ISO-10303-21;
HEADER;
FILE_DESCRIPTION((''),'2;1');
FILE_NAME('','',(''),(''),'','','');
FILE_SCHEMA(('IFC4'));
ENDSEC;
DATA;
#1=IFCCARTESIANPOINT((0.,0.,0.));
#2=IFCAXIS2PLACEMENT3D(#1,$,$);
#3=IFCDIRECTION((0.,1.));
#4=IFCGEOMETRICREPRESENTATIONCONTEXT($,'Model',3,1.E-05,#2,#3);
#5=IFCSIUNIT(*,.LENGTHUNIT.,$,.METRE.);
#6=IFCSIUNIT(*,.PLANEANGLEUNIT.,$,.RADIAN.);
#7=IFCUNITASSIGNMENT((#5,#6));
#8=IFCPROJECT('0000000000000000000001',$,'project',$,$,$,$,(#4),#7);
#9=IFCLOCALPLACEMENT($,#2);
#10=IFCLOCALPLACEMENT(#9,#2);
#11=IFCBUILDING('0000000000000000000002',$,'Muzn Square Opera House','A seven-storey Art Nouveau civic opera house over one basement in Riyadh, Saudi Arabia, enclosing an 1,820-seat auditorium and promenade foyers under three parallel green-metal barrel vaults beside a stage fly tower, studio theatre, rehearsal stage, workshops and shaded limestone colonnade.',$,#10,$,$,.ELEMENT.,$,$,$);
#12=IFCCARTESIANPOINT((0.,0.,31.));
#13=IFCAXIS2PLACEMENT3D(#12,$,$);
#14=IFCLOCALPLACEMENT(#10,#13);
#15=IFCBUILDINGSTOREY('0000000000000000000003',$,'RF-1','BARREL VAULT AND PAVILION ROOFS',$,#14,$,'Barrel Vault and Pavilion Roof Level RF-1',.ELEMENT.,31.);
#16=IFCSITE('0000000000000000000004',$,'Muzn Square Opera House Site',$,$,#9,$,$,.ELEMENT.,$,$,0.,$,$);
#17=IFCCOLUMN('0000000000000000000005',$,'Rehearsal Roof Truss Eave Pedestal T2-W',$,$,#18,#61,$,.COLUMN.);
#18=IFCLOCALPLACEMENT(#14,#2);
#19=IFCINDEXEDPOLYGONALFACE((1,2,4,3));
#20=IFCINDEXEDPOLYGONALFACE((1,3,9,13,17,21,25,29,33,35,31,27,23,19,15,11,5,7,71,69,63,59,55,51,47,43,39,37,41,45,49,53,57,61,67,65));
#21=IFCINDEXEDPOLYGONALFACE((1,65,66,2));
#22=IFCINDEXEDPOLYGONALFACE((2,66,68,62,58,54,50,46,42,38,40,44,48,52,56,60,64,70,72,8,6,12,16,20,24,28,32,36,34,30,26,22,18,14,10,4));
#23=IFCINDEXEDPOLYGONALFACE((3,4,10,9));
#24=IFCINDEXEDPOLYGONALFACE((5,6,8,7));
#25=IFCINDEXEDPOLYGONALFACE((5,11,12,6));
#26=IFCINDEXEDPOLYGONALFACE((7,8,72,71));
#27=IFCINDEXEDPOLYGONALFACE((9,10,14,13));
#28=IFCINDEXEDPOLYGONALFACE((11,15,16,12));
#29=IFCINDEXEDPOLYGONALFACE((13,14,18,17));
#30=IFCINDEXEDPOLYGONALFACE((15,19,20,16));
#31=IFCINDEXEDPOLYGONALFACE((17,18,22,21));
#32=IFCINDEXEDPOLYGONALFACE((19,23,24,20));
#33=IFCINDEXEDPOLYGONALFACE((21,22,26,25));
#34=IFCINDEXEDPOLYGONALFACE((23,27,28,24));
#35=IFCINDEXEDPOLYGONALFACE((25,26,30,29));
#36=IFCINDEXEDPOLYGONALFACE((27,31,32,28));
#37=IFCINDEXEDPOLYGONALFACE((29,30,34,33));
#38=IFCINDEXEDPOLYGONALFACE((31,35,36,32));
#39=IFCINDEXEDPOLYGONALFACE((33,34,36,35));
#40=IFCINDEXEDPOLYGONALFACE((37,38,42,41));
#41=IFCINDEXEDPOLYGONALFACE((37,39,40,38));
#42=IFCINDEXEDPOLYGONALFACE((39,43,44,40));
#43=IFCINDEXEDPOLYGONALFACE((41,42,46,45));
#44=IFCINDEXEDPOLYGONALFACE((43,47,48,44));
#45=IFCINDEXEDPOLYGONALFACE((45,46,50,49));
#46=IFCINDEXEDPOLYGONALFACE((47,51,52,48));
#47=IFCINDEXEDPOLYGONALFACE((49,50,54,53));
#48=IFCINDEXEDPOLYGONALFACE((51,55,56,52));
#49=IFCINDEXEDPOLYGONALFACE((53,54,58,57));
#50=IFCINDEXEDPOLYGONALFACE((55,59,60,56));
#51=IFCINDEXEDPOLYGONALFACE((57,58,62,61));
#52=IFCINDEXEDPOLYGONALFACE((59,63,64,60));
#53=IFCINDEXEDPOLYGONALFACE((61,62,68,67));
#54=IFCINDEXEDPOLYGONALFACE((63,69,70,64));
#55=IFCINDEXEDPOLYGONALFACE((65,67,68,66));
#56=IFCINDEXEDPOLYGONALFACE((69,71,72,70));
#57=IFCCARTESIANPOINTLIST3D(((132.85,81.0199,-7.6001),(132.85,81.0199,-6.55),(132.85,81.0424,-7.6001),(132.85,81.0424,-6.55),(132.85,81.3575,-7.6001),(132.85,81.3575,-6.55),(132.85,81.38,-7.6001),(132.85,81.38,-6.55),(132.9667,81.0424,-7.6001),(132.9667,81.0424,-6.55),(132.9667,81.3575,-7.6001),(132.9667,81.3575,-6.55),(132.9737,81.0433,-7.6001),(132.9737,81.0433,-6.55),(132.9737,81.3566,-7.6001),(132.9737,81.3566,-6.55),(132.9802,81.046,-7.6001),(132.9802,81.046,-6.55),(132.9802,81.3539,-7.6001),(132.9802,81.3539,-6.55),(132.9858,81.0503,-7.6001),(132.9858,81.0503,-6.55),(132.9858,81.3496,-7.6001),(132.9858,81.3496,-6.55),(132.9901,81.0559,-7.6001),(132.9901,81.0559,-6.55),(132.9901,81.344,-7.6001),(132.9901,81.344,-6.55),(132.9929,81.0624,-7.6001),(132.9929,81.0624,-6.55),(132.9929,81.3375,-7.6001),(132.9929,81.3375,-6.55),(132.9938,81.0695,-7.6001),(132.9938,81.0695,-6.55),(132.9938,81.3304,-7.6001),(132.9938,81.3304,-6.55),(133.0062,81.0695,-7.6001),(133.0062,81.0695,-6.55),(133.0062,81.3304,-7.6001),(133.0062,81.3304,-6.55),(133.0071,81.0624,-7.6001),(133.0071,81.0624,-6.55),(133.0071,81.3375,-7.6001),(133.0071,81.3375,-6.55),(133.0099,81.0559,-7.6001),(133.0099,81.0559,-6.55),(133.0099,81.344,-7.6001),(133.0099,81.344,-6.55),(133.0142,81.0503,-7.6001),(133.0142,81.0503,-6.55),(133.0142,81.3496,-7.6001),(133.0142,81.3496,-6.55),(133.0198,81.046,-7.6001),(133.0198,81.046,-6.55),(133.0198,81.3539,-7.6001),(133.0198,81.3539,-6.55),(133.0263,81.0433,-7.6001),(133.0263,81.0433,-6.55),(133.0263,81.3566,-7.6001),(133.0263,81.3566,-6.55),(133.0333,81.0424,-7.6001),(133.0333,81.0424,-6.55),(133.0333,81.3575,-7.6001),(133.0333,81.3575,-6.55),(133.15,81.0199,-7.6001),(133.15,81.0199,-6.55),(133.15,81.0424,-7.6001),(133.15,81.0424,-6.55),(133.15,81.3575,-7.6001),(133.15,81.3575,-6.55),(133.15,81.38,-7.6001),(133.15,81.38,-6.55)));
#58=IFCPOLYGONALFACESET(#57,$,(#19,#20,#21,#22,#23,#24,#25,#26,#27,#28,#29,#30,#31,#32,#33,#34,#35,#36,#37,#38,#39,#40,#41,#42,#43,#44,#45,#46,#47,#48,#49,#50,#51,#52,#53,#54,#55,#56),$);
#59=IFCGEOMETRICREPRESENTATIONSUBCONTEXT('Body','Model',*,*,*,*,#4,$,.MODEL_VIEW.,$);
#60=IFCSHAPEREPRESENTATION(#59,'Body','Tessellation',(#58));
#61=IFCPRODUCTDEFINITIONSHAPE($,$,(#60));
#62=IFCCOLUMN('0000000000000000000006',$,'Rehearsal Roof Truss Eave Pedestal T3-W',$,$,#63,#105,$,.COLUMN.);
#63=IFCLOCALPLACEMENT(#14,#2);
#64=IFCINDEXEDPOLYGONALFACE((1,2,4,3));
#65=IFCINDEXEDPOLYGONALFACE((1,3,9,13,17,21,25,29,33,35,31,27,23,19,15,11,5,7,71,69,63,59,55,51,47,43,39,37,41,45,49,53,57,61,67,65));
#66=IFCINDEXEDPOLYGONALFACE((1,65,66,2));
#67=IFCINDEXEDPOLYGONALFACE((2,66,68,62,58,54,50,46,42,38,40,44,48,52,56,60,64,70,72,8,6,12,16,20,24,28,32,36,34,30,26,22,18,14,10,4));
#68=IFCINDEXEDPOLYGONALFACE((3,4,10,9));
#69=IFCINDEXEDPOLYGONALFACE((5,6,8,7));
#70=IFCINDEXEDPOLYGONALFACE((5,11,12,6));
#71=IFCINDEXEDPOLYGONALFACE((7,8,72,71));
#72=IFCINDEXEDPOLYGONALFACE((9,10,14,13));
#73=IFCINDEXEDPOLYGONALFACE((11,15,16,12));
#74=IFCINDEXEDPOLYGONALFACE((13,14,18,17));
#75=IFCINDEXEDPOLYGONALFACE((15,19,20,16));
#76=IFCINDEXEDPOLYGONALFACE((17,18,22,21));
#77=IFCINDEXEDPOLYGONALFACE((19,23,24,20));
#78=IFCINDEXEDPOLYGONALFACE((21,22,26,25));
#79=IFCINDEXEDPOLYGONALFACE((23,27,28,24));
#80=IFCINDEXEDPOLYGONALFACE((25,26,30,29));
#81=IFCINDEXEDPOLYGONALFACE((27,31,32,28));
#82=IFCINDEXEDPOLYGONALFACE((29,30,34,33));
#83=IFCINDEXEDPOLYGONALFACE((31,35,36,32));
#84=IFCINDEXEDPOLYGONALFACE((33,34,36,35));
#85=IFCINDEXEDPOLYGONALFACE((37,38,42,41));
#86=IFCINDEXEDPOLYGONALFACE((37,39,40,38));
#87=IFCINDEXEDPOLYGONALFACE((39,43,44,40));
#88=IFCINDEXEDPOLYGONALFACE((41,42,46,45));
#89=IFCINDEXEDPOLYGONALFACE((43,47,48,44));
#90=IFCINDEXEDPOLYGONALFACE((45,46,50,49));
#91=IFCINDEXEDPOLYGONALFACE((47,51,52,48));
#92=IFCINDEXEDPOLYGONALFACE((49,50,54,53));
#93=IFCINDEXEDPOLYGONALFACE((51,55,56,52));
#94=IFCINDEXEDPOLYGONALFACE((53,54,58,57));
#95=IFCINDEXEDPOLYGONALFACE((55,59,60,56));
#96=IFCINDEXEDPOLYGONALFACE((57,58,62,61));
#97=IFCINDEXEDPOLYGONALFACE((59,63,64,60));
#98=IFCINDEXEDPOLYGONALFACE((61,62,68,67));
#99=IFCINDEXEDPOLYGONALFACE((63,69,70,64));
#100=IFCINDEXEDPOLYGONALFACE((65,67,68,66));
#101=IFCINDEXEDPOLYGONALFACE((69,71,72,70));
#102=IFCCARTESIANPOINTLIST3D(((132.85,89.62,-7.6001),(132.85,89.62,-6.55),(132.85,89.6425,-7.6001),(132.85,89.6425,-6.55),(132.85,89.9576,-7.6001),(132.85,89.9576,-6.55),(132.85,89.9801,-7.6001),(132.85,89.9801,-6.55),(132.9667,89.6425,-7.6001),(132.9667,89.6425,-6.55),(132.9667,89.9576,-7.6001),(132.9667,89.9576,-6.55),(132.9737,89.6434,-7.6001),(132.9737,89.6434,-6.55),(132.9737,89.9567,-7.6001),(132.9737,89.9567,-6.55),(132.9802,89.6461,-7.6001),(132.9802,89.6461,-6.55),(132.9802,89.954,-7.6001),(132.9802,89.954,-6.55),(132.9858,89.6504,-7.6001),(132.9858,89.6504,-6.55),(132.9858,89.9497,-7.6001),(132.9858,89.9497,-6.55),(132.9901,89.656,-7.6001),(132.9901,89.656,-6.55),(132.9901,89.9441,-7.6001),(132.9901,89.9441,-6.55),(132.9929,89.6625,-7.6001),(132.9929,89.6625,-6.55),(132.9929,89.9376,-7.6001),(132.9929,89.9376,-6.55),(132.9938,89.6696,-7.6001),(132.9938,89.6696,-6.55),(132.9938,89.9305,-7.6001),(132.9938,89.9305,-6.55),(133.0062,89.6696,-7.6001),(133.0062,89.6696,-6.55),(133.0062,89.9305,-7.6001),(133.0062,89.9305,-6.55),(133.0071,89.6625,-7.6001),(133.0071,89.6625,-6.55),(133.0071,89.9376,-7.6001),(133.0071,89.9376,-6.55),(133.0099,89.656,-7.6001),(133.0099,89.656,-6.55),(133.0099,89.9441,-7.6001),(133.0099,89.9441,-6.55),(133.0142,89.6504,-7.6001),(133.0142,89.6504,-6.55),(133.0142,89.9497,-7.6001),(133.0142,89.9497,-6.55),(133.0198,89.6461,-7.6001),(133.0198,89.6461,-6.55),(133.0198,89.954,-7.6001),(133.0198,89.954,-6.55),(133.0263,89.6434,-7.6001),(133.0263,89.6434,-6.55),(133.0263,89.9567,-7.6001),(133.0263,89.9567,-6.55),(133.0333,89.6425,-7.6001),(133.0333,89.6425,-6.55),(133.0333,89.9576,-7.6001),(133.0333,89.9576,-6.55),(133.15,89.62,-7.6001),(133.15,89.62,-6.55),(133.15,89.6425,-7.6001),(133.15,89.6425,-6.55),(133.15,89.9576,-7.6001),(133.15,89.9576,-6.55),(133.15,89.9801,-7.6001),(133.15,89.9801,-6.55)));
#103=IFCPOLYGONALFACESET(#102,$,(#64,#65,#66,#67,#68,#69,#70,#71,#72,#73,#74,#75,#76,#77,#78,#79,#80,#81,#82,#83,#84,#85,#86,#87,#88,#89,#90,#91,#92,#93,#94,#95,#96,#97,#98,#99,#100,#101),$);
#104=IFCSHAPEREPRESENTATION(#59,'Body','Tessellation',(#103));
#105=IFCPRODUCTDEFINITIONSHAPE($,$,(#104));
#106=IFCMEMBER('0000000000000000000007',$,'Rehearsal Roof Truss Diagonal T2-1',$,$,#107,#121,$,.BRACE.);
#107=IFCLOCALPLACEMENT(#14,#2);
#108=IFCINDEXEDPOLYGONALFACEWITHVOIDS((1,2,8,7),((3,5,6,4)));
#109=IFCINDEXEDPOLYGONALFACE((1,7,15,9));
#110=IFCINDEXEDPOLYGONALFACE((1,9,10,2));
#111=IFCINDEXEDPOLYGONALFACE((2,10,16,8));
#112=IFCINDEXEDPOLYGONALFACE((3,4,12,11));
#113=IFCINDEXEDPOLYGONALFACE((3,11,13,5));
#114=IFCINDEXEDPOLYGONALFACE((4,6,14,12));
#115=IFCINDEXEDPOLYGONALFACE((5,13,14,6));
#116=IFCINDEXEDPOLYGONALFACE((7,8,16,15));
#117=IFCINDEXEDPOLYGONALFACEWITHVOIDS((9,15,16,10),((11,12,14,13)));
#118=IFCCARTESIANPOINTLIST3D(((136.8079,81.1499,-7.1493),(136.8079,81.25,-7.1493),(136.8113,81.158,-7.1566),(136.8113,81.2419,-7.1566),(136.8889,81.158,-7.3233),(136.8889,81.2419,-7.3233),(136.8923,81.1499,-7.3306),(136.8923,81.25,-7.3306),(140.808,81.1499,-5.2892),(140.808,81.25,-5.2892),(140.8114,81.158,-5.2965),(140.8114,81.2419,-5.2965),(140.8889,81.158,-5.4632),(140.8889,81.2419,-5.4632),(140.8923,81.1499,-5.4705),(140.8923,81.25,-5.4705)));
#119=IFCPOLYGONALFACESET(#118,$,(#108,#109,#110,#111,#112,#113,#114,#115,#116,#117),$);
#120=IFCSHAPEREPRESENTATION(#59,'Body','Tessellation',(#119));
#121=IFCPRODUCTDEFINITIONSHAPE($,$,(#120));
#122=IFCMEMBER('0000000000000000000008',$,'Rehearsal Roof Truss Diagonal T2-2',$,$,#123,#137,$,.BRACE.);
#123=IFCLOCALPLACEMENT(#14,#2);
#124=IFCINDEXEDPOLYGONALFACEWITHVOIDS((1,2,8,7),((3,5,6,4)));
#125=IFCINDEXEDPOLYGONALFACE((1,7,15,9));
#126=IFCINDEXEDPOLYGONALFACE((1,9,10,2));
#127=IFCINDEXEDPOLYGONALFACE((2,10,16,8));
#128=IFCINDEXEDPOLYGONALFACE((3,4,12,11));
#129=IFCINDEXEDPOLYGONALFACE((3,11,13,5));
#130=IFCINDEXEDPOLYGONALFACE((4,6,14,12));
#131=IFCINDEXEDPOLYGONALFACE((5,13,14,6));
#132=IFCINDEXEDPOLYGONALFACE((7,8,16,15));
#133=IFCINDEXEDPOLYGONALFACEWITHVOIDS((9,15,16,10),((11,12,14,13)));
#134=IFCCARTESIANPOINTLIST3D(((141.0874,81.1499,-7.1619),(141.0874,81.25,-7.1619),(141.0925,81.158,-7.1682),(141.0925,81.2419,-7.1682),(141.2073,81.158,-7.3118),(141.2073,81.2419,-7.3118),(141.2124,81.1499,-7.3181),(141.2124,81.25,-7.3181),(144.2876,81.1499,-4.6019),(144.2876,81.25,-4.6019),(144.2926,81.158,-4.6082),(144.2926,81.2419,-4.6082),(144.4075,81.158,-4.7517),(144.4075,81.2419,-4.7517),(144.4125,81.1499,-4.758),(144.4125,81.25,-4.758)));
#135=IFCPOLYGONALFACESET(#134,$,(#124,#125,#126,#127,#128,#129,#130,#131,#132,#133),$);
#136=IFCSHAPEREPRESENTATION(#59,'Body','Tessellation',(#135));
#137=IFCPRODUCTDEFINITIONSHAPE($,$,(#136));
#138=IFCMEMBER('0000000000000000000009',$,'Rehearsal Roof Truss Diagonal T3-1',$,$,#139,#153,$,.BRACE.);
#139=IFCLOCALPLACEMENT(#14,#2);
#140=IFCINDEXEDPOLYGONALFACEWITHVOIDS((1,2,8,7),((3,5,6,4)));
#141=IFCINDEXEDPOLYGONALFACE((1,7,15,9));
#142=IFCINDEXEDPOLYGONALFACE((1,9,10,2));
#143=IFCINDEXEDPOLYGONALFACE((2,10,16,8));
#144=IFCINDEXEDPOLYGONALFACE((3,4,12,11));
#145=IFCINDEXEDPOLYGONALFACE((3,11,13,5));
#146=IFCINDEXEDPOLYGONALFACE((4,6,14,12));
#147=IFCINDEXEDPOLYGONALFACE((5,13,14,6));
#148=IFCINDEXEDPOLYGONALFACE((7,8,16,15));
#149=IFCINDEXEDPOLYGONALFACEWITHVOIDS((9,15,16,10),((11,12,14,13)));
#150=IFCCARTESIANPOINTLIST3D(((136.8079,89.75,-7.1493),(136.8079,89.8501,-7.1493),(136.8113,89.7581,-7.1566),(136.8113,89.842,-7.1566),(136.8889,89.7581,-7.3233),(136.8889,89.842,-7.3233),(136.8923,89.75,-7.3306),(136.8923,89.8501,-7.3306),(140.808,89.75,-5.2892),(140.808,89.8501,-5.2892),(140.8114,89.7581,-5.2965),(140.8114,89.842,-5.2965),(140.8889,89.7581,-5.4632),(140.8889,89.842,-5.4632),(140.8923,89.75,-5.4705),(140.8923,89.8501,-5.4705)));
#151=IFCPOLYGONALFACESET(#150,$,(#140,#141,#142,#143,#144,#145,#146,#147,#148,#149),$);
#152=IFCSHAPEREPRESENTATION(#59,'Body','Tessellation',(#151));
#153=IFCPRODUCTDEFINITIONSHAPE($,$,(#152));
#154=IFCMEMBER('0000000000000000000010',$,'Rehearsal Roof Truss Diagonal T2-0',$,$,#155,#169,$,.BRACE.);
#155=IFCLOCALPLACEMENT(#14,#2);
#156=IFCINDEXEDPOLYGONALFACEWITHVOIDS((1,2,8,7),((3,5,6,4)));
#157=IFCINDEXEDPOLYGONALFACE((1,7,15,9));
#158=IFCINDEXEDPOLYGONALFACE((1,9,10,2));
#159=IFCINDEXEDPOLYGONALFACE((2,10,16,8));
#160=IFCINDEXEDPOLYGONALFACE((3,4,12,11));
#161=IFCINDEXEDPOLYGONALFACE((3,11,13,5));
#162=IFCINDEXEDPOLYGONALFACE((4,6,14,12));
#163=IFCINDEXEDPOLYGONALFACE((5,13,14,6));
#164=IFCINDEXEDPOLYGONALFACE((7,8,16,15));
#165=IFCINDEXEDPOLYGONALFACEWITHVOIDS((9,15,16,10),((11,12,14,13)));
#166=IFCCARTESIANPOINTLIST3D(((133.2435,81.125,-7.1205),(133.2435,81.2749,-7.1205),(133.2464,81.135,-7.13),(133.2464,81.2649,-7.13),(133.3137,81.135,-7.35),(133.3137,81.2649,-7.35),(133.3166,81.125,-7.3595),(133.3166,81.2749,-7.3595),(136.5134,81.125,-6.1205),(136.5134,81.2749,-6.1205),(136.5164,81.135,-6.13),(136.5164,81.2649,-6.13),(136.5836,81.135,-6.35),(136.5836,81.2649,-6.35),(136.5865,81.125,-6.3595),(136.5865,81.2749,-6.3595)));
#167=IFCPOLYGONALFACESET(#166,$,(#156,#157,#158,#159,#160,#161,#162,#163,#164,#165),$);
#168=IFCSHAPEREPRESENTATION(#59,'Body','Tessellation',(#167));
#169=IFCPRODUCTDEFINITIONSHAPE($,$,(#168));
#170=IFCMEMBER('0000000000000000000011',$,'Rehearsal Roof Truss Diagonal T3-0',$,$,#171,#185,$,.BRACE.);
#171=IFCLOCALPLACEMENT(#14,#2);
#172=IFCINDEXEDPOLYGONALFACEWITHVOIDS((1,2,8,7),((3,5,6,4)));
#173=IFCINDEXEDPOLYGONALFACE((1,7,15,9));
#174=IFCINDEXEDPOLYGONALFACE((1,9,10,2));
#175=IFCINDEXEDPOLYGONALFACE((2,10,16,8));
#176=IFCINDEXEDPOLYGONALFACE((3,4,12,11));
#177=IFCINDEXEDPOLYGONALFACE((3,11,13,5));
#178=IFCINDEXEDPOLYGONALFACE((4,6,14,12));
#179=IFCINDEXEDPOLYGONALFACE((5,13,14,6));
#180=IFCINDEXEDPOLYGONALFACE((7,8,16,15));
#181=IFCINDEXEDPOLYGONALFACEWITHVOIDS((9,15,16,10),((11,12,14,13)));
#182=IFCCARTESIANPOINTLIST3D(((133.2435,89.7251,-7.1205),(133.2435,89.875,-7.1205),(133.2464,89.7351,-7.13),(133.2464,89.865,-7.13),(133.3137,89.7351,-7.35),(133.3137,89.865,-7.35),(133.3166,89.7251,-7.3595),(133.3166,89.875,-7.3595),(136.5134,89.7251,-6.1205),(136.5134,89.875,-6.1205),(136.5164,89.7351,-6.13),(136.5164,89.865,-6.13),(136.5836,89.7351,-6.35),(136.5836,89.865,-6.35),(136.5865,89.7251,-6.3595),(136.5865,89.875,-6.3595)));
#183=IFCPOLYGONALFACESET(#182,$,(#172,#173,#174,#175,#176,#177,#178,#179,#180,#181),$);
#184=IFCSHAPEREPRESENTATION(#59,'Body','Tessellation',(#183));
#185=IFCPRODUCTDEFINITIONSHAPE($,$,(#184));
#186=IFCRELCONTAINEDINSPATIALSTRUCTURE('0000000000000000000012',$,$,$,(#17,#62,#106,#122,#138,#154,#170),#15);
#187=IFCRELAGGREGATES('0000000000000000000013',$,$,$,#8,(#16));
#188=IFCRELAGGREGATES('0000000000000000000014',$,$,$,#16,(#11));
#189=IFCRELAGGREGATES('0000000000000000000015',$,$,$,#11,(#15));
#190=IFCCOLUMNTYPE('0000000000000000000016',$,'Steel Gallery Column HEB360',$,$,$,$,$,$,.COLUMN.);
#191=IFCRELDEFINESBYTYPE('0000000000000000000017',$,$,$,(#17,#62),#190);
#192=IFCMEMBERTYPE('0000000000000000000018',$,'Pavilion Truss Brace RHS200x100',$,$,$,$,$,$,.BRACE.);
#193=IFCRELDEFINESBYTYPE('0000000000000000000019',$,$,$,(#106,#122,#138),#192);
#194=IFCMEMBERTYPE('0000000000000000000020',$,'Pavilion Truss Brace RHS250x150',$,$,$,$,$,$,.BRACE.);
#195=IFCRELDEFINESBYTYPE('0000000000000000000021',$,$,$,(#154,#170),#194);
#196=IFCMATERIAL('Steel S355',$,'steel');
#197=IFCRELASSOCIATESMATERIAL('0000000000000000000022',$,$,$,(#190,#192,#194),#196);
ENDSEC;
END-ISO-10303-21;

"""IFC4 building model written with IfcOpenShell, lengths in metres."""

from ifc_helpers import new_model, si_unit, direction, frame, origin, origin_2d, place, context, subcontext, project, spatial, hollow_rectangle, i_section, extrude, material, material_profile, profile_set, type_object, element, save


model = new_model("IFC4")

# Units and contexts
model_context = context("Model", 3, precision=1e-05, world=origin(), true_north=direction((0.0, 1.0)))
body_context = subcontext(model_context, "Body", "Model", "MODEL_VIEW")
ifc_project = project(units=[si_unit("LENGTHUNIT", "METRE"), si_unit("PLANEANGLEUNIT", "RADIAN")], contexts=[model_context])

# Site, building, storey
site_placement = place(None, origin())
site = spatial("IfcSite", under=ifc_project, at=site_placement, Name="Muzn Square Opera House Site", CompositionType="ELEMENT", RefElevation=0.0)
building_placement = place(site_placement, origin())
building = spatial("IfcBuilding", under=site, at=building_placement, Name="Muzn Square Opera House", Description="A seven-storey Art Nouveau civic opera house over one basement in Riyadh, Saudi Arabia, enclosing an 1,820-seat auditorium and promenade foyers under three parallel green-metal barrel vaults beside a stage fly tower, studio theatre, rehearsal stage, workshops and shaded limestone colonnade.", CompositionType="ELEMENT")
storey_placement = place(building_placement, frame((0.0, 0.0, 31.0)))
storey = spatial("IfcBuildingStorey", under=building, at=storey_placement, Name="RF-1", Description="BARREL VAULT AND PAVILION ROOFS", LongName="Barrel Vault and Pavilion Roof Level RF-1", CompositionType="ELEMENT", Elevation=31.0)

# Columns
ifc_material = material(Name="Steel S355", Category="steel")
ifc_material_profile_1 = material_profile(ifc_material, i_section(OverallWidth=0.3, OverallDepth=0.3601, WebThickness=0.0125, FlangeThickness=0.0225, FilletRadius=0.0271, at=origin_2d()), Name="HEB 360", Category="steel")
ifc_profile_set_1 = profile_set([ifc_material_profile_1], Name="Steel S355")
column_type = type_object("IfcColumnType", Name="Steel Gallery Column HEB360", PredefinedType="COLUMN", material=ifc_profile_set_1)
for number, where, z_axis, x_axis, name in (
    (1, (133.0, 81.2, -7.6001), (0.0, 0.0, 1.0), (1.0, 0.0, 0.0), "Rehearsal Roof Truss Eave Pedestal T2-W"),
    (2, (133.0, 89.8, -7.6001), (0.0, 0.0, 1.0), (1.0, 0.0, 0.0), "Rehearsal Roof Truss Eave Pedestal T3-W"),
):
    element("IfcColumn", number, at=place(storey_placement, frame(where, z_axis=z_axis, x_axis=x_axis)), inside=storey, type_object=column_type, Name=name, PredefinedType="COLUMN", context=body_context, shape_type="SweptSolid", body=[
        extrude(i_section(OverallWidth=0.3, OverallDepth=0.3601, WebThickness=0.0125, FlangeThickness=0.0225, FilletRadius=0.0271, at=origin_2d()), origin(), (0.0, 0.0, 1.0), 1.05),
    ])

# Members
ifc_material_profile_2 = material_profile(ifc_material, hollow_rectangle(XDim=0.1001, YDim=0.2, WallThickness=0.0081, at=origin_2d()), Name="RHS 200x100x8", Category="steel")
ifc_profile_set_2 = profile_set([ifc_material_profile_2], Name="Steel S355")
member_type_1 = type_object("IfcMemberType", Name="Pavilion Truss Brace RHS200x100", PredefinedType="BRACE", material=ifc_profile_set_2)
member_1_placement = place(storey_placement, frame((136.8501, 81.2, -7.24), z_axis=(0.906752, 0.0, 0.421664), x_axis=(0.0, 1.0, 0.0)))
element("IfcMember", 3, at=member_1_placement, inside=storey, type_object=member_type_1, Name="Rehearsal Roof Truss Diagonal T2-1", PredefinedType="BRACE", context=body_context, shape_type="SweptSolid", body=[
    extrude(hollow_rectangle(XDim=0.1001, YDim=0.2, WallThickness=0.0081, at=origin_2d()), origin(), (0.0, 0.0, 1.0), 4.4114),
])
member_2_placement = place(storey_placement, frame((141.1499, 81.2, -7.24), z_axis=(0.78088, 0.0, 0.624681), x_axis=(0.0, 1.0, 0.0)))
element("IfcMember", 4, at=member_2_placement, inside=storey, type_object=member_type_1, Name="Rehearsal Roof Truss Diagonal T2-2", PredefinedType="BRACE", context=body_context, shape_type="SweptSolid", body=[
    extrude(hollow_rectangle(XDim=0.1001, YDim=0.2, WallThickness=0.0081, at=origin_2d()), origin(), (0.0, 0.0, 1.0), 4.0981),
])
member_3_placement = place(storey_placement, frame((136.8501, 89.8, -7.24), z_axis=(0.906752, 0.0, 0.421664), x_axis=(0.0, 1.0, 0.0)))
element("IfcMember", 5, at=member_3_placement, inside=storey, type_object=member_type_1, Name="Rehearsal Roof Truss Diagonal T3-1", PredefinedType="BRACE", context=body_context, shape_type="SweptSolid", body=[
    extrude(hollow_rectangle(XDim=0.1001, YDim=0.2, WallThickness=0.0081, at=origin_2d()), origin(), (0.0, 0.0, 1.0), 4.4114),
])
ifc_material_profile_3 = material_profile(ifc_material, hollow_rectangle(XDim=0.1499, YDim=0.25, WallThickness=0.01, at=origin_2d()), Name="RHS 250x150x10", Category="steel")
ifc_profile_set_3 = profile_set([ifc_material_profile_3], Name="Steel S355")
member_type_2 = type_object("IfcMemberType", Name="Pavilion Truss Brace RHS250x150", PredefinedType="BRACE", material=ifc_profile_set_3)
for number, where, z_axis, x_axis, name in (
    (6, (133.28, 81.2, -7.24), (0.956284, 0.0, 0.29244), (0.0, 1.0, 0.0), "Rehearsal Roof Truss Diagonal T2-0"),
    (7, (133.28, 89.8, -7.24), (0.956284, 0.0, 0.29244), (0.0, 1.0, 0.0), "Rehearsal Roof Truss Diagonal T3-0"),
):
    element("IfcMember", number, at=place(storey_placement, frame(where, z_axis=z_axis, x_axis=x_axis)), inside=storey, type_object=member_type_2, Name=name, PredefinedType="BRACE", context=body_context, shape_type="SweptSolid", body=[
        extrude(hollow_rectangle(XDim=0.1499, YDim=0.25, WallThickness=0.01, at=origin_2d()), origin(), (0.0, 0.0, 1.0), 3.4194),
    ])

save(model, "model.ifc")
